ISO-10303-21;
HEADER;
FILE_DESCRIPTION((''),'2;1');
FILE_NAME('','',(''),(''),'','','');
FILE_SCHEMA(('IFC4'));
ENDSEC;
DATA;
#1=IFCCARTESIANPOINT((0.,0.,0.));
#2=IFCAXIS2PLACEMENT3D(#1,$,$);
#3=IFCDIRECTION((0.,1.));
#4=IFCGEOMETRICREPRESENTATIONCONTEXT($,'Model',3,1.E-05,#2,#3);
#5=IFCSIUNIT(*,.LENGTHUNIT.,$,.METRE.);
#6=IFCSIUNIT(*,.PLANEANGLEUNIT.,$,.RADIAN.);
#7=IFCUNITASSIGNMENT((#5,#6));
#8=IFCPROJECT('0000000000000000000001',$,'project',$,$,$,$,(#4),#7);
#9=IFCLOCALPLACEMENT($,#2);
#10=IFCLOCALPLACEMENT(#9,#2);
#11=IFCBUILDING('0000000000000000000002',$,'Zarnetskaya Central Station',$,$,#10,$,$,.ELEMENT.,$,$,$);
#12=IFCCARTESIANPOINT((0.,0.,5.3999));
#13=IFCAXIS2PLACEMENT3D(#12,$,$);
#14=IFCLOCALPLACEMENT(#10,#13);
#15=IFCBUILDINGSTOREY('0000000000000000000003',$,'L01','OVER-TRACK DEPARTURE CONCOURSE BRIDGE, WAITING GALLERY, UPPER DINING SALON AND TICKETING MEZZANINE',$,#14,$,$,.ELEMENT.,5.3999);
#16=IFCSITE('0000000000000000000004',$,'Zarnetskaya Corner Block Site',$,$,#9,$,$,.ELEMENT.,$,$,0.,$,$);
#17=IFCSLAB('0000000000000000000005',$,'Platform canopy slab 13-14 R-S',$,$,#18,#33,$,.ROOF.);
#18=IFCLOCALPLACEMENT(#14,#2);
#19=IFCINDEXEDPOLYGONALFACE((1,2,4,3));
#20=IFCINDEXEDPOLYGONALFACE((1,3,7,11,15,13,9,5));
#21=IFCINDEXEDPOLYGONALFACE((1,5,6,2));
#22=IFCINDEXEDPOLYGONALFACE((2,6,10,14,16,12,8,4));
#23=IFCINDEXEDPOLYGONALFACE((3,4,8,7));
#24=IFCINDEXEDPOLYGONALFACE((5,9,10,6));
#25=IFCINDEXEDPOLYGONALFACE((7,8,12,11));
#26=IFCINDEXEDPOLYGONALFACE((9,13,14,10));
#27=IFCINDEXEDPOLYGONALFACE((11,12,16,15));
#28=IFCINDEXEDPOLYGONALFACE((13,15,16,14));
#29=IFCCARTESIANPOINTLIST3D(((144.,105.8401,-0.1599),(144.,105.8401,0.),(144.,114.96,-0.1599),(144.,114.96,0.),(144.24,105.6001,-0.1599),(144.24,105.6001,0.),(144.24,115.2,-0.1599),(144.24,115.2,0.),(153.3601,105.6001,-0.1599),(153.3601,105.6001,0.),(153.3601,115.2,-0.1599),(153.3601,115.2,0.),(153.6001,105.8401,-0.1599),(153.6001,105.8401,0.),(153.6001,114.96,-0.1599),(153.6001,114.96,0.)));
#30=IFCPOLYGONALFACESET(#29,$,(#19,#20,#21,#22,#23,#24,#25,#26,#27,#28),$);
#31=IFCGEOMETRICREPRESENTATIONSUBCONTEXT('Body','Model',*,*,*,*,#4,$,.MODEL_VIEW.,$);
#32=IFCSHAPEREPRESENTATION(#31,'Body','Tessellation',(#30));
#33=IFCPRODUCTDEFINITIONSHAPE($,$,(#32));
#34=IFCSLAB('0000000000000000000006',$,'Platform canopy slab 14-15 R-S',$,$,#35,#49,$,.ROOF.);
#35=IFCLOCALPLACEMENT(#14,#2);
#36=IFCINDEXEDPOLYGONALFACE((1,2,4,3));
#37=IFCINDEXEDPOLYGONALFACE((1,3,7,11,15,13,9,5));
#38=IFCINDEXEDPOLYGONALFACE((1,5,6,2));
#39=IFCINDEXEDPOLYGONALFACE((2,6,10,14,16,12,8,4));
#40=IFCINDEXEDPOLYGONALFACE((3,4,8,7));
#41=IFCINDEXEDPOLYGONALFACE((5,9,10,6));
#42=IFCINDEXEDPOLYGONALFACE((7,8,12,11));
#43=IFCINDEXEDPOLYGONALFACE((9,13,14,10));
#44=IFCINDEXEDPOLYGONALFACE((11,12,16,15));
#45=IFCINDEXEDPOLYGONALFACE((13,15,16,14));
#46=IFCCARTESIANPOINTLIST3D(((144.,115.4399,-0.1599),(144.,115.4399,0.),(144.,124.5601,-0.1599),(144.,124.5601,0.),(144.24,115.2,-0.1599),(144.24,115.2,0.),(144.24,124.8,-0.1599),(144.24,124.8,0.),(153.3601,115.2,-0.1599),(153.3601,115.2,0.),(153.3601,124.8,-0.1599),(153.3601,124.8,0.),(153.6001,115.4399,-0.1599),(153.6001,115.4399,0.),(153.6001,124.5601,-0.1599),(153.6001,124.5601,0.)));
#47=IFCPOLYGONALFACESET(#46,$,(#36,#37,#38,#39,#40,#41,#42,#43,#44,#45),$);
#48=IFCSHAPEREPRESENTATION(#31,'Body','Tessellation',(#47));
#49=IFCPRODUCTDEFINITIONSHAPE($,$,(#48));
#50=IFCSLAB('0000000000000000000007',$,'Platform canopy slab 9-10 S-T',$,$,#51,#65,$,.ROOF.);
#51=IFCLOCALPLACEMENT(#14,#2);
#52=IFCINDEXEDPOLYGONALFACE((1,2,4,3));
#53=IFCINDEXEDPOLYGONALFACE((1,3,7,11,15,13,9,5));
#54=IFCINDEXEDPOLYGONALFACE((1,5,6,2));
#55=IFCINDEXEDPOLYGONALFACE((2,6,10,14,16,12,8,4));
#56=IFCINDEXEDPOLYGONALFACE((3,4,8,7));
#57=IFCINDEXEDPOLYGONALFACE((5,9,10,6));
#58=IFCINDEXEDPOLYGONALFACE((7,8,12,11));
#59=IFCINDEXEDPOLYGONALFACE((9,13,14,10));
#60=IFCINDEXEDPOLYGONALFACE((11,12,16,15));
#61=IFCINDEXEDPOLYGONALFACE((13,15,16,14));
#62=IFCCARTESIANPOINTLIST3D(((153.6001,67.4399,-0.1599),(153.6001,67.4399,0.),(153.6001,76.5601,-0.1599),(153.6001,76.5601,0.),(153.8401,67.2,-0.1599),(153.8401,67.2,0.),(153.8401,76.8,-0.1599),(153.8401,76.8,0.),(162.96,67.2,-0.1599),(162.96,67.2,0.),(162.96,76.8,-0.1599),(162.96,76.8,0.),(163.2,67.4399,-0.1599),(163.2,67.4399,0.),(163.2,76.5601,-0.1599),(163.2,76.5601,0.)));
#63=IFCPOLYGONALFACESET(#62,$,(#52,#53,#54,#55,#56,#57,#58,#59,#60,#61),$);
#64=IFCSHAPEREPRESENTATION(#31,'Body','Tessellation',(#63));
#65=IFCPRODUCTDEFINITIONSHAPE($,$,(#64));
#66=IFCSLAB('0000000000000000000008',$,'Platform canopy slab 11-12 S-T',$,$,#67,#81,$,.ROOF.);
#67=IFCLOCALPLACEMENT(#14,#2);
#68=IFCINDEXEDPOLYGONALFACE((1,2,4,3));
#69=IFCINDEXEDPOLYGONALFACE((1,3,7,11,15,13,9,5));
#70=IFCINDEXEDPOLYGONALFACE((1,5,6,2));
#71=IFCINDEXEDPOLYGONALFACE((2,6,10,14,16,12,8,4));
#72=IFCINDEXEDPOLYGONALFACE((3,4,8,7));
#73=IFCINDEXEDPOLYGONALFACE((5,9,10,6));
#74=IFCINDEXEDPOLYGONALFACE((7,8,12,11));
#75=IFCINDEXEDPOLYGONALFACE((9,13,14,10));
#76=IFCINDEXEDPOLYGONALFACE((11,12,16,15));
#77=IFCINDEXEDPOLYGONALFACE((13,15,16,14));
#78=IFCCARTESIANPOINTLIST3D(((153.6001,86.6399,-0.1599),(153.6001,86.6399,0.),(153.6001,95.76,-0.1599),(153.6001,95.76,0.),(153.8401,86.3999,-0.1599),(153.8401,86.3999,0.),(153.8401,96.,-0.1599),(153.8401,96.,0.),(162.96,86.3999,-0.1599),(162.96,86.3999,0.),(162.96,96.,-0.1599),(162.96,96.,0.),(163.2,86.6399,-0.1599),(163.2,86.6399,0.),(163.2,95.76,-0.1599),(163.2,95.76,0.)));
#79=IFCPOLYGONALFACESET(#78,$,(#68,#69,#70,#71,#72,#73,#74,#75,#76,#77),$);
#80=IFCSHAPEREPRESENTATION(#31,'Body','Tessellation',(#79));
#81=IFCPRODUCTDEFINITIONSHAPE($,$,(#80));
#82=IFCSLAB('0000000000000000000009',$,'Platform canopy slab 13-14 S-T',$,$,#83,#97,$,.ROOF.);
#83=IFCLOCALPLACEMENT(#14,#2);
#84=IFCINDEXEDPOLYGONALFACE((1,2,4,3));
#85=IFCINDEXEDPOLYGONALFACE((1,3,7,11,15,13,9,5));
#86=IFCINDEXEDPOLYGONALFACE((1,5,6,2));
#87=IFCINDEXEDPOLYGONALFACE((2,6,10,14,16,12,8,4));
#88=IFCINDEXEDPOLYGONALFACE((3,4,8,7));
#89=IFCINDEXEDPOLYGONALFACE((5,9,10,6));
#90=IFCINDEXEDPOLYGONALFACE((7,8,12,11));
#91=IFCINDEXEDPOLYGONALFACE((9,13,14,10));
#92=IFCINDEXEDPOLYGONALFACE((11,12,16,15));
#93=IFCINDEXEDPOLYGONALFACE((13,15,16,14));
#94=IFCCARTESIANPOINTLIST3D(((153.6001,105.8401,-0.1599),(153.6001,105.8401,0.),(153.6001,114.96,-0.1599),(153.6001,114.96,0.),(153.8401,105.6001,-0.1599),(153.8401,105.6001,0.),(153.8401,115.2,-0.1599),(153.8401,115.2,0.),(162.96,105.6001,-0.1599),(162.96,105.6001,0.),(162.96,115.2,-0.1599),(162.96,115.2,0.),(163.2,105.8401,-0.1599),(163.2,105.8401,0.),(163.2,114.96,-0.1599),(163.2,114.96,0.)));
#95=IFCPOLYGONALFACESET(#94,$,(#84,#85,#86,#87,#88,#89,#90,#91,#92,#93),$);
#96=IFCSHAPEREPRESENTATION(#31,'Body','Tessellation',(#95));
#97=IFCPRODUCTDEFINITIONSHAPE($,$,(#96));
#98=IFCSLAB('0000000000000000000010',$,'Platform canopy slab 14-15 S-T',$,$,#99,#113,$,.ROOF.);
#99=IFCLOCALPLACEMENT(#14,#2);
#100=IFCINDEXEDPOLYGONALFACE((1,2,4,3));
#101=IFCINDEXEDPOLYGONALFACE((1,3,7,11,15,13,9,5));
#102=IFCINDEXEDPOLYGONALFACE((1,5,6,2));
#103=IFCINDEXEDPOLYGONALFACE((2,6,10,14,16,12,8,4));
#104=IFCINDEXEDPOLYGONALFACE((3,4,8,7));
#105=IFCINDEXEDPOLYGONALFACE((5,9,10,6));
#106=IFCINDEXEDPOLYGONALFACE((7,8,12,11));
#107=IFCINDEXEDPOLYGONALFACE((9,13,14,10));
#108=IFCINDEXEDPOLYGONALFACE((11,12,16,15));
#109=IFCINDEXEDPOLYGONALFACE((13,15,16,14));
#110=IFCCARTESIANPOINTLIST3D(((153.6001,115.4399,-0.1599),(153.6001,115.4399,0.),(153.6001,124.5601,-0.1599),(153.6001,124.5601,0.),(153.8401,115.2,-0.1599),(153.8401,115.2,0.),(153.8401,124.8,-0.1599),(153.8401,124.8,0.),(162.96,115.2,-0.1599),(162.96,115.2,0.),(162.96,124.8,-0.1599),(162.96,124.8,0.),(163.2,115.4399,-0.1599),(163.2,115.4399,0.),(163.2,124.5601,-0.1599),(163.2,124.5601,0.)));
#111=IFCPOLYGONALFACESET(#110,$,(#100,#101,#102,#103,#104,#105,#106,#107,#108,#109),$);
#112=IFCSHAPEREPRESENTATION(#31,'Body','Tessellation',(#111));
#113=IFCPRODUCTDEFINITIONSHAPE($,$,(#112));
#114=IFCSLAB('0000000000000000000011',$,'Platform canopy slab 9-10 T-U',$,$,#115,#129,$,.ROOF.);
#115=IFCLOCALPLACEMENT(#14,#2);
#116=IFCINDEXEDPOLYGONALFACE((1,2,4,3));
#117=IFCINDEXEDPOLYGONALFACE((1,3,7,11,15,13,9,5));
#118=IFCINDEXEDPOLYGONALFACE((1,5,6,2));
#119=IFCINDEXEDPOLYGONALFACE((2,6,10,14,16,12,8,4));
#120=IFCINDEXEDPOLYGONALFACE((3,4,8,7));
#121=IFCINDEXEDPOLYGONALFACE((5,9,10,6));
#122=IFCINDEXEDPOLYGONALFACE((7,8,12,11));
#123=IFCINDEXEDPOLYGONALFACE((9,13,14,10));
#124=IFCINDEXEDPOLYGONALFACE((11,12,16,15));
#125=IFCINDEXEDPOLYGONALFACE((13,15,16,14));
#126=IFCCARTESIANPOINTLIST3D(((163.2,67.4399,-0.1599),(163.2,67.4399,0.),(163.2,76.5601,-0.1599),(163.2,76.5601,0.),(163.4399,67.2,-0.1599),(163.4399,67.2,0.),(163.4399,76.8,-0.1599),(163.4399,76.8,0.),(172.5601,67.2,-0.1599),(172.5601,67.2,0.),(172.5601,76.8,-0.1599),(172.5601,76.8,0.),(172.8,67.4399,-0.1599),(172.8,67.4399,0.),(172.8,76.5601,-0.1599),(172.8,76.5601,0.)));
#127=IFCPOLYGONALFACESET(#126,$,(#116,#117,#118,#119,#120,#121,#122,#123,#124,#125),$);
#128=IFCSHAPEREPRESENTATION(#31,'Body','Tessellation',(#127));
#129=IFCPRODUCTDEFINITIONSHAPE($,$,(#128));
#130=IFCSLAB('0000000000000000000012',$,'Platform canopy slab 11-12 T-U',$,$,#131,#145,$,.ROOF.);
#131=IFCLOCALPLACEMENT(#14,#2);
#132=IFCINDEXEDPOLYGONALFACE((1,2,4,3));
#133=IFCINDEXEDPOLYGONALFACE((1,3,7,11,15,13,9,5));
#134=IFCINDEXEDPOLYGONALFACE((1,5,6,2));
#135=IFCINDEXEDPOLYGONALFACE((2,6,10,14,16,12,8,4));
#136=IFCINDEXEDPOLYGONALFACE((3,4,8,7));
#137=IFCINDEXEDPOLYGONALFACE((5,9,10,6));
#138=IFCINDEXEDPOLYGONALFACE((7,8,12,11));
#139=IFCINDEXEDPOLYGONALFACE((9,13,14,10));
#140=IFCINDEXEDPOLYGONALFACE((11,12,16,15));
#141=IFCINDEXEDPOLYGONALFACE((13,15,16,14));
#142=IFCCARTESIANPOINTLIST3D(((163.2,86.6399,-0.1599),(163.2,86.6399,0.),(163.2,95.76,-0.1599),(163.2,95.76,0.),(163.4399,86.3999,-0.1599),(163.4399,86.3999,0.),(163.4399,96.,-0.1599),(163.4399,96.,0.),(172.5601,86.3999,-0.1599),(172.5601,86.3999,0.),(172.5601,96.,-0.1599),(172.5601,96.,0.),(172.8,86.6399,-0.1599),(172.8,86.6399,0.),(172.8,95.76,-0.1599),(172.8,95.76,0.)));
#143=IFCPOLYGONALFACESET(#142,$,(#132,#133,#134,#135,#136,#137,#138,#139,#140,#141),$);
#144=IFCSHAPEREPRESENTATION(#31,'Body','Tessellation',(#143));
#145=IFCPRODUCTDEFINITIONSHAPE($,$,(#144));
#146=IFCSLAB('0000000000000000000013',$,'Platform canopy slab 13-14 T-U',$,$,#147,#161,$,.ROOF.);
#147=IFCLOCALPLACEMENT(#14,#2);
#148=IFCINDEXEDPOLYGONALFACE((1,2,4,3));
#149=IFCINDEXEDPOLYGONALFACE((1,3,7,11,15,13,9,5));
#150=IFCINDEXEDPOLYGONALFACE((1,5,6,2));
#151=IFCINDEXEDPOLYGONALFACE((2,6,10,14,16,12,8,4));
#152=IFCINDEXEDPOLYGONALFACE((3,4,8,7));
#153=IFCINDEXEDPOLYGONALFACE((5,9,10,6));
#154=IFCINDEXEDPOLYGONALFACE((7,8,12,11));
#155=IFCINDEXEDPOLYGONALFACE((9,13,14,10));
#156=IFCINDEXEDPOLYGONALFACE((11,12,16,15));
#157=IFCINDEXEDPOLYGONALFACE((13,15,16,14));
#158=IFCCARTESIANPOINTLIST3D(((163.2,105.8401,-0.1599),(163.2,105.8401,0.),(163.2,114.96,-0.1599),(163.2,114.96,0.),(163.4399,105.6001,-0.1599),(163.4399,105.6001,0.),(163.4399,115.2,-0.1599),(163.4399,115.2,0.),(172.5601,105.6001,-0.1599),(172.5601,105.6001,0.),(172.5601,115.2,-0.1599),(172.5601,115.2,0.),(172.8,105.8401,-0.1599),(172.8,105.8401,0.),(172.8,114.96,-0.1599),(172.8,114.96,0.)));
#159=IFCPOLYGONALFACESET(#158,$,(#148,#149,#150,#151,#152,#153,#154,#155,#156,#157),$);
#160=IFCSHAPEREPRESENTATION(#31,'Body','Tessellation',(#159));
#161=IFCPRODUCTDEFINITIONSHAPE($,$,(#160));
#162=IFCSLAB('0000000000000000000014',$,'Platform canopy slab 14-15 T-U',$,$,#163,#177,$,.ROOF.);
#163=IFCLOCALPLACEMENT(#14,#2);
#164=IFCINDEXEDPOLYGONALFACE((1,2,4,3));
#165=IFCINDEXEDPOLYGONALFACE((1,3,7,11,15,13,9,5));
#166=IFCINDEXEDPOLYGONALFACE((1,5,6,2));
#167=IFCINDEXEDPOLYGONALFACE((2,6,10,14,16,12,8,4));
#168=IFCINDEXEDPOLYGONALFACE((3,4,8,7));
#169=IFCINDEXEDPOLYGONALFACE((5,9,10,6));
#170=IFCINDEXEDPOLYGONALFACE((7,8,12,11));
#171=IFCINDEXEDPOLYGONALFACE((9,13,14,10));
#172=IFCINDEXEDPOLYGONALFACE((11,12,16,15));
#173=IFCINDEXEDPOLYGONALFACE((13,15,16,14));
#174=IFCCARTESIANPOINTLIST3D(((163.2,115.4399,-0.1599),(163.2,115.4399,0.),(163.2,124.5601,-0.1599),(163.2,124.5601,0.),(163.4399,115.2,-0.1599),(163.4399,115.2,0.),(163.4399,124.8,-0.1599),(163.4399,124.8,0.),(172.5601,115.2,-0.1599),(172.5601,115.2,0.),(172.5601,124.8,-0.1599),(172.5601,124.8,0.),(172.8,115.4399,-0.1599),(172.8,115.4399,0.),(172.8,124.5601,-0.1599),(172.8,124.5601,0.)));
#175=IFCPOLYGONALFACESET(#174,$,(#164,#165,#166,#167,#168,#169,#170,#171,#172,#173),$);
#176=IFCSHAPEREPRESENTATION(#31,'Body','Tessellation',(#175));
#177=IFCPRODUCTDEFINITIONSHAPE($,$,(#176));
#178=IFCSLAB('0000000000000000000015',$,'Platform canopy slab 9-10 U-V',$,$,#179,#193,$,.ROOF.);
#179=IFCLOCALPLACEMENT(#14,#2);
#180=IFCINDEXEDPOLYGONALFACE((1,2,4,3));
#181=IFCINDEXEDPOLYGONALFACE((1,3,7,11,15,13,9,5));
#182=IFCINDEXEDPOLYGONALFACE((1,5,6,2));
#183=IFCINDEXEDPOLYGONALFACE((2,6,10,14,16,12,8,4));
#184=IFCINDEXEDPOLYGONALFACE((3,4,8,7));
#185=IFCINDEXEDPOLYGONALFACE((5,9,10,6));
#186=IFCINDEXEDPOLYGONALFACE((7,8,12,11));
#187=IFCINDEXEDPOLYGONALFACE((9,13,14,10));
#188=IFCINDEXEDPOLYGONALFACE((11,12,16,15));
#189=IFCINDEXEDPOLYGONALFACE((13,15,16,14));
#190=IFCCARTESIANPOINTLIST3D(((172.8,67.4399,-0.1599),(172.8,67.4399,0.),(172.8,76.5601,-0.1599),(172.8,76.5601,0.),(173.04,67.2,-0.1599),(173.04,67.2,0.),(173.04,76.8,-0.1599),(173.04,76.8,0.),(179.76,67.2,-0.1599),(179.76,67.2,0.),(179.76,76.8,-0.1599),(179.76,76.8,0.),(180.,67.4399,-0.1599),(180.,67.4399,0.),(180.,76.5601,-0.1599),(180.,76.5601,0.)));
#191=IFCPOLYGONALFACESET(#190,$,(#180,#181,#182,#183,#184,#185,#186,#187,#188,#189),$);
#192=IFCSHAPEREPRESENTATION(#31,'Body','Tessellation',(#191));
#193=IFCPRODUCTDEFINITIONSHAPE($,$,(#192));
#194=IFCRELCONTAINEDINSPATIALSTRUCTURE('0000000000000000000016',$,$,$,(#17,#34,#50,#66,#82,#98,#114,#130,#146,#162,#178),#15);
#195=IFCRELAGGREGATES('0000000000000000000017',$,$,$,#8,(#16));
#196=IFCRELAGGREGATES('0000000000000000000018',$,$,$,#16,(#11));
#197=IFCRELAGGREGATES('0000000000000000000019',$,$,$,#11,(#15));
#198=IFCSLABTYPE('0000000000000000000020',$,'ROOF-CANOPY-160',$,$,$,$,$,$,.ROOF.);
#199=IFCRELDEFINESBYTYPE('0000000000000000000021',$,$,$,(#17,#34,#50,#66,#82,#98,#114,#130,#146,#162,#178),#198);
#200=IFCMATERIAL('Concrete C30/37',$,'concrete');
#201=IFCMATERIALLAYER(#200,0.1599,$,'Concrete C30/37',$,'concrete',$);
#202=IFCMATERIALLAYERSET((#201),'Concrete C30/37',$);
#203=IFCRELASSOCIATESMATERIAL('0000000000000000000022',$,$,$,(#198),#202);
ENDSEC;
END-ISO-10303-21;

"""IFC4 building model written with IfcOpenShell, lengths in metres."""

from ifc_helpers import new_model, si_unit, direction, frame, origin, place, context, subcontext, project, spatial, polyline, outline, extrude, material, layer, layer_set, type_object, element, save


model = new_model("IFC4")

# Units and contexts
model_context = context("Model", 3, precision=1e-05, world=origin(), true_north=direction((0.0, 1.0)))
body_context = subcontext(model_context, "Body", "Model", "MODEL_VIEW")
ifc_project = project(units=[si_unit("LENGTHUNIT", "METRE"), si_unit("PLANEANGLEUNIT", "RADIAN")], contexts=[model_context])

# Site, building, storey
site_placement = place(None, origin())
site = spatial("IfcSite", under=ifc_project, at=site_placement, Name="Zarnetskaya Corner Block Site", CompositionType="ELEMENT", RefElevation=0.0)
building_placement = place(site_placement, origin())
building = spatial("IfcBuilding", under=site, at=building_placement, Name="Zarnetskaya Central Station", CompositionType="ELEMENT")
storey_placement = place(building_placement, frame((0.0, 0.0, 5.3999)))
storey = spatial("IfcBuildingStorey", under=building, at=storey_placement, Name="L01", Description="OVER-TRACK DEPARTURE CONCOURSE BRIDGE, WAITING GALLERY, UPPER DINING SALON AND TICKETING MEZZANINE", CompositionType="ELEMENT", Elevation=5.3999)

# Slabs
ifc_material_1 = material(Name="Concrete C30/37", Category="concrete")
ifc_layer_1 = layer(ifc_material_1, 0.1599, Name="Concrete C30/37", Category="concrete")
ifc_layer_set_1 = layer_set([ifc_layer_1], Name="Concrete C30/37")
slab_type = type_object("IfcSlabType", Name="ROOF-CANOPY-160", PredefinedType="ROOF", material=ifc_layer_set_1)
slab_1_placement = place(storey_placement, frame((0.0, 0.0, -0.1599)))
element("IfcSlab", 1, at=slab_1_placement, inside=storey, type_object=slab_type, Name="Platform canopy slab 13-14 R-S", PredefinedType="ROOF", context=body_context, shape_type="SweptSolid", body=[
    extrude(outline(polyline([(144.24, 105.6001), (153.3601, 105.6001), (153.6001, 105.8401), (153.6001, 114.96), (153.3601, 115.2), (144.24, 115.2), (144.0, 114.96), (144.0, 105.8401), (144.24, 105.6001)])), origin(), (0.0, 0.0, 1.0), 0.1599),
])
slab_2_placement = place(storey_placement, frame((0.0, 0.0, -0.1599)))
element("IfcSlab", 2, at=slab_2_placement, inside=storey, type_object=slab_type, Name="Platform canopy slab 14-15 R-S", PredefinedType="ROOF", context=body_context, shape_type="SweptSolid", body=[
    extrude(outline(polyline([(144.24, 115.2), (153.3601, 115.2), (153.6001, 115.4399), (153.6001, 124.5601), (153.3601, 124.8), (144.24, 124.8), (144.0, 124.5601), (144.0, 115.4399), (144.24, 115.2)])), origin(), (0.0, 0.0, 1.0), 0.1599),
])
slab_3_placement = place(storey_placement, frame((0.0, 0.0, -0.1599)))
element("IfcSlab", 3, at=slab_3_placement, inside=storey, type_object=slab_type, Name="Platform canopy slab 9-10 S-T", PredefinedType="ROOF", context=body_context, shape_type="SweptSolid", body=[
    extrude(outline(polyline([(153.8401, 67.2), (162.96, 67.2), (163.2, 67.4399), (163.2, 76.5601), (162.96, 76.8), (153.8401, 76.8), (153.6001, 76.5601), (153.6001, 67.4399), (153.8401, 67.2)])), origin(), (0.0, 0.0, 1.0), 0.1599),
])
slab_4_placement = place(storey_placement, frame((0.0, 0.0, -0.1599)))
element("IfcSlab", 4, at=slab_4_placement, inside=storey, type_object=slab_type, Name="Platform canopy slab 11-12 S-T", PredefinedType="ROOF", context=body_context, shape_type="SweptSolid", body=[
    extrude(outline(polyline([(153.8401, 86.3999), (162.96, 86.3999), (163.2, 86.6399), (163.2, 95.76), (162.96, 96.0), (153.8401, 96.0), (153.6001, 95.76), (153.6001, 86.6399), (153.8401, 86.3999)])), origin(), (0.0, 0.0, 1.0), 0.1599),
])
slab_5_placement = place(storey_placement, frame((0.0, 0.0, -0.1599)))
element("IfcSlab", 5, at=slab_5_placement, inside=storey, type_object=slab_type, Name="Platform canopy slab 13-14 S-T", PredefinedType="ROOF", context=body_context, shape_type="SweptSolid", body=[
    extrude(outline(polyline([(153.8401, 105.6001), (162.96, 105.6001), (163.2, 105.8401), (163.2, 114.96), (162.96, 115.2), (153.8401, 115.2), (153.6001, 114.96), (153.6001, 105.8401), (153.8401, 105.6001)])), origin(), (0.0, 0.0, 1.0), 0.1599),
])
slab_6_placement = place(storey_placement, frame((0.0, 0.0, -0.1599)))
element("IfcSlab", 6, at=slab_6_placement, inside=storey, type_object=slab_type, Name="Platform canopy slab 14-15 S-T", PredefinedType="ROOF", context=body_context, shape_type="SweptSolid", body=[
    extrude(outline(polyline([(153.8401, 115.2), (162.96, 115.2), (163.2, 115.4399), (163.2, 124.5601), (162.96, 124.8), (153.8401, 124.8), (153.6001, 124.5601), (153.6001, 115.4399), (153.8401, 115.2)])), origin(), (0.0, 0.0, 1.0), 0.1599),
])
slab_7_placement = place(storey_placement, frame((0.0, 0.0, -0.1599)))
element("IfcSlab", 7, at=slab_7_placement, inside=storey, type_object=slab_type, Name="Platform canopy slab 9-10 T-U", PredefinedType="ROOF", context=body_context, shape_type="SweptSolid", body=[
    extrude(outline(polyline([(163.4399, 67.2), (172.5601, 67.2), (172.8, 67.4399), (172.8, 76.5601), (172.5601, 76.8), (163.4399, 76.8), (163.2, 76.5601), (163.2, 67.4399), (163.4399, 67.2)])), origin(), (0.0, 0.0, 1.0), 0.1599),
])
slab_8_placement = place(storey_placement, frame((0.0, 0.0, -0.1599)))
element("IfcSlab", 8, at=slab_8_placement, inside=storey, type_object=slab_type, Name="Platform canopy slab 11-12 T-U", PredefinedType="ROOF", context=body_context, shape_type="SweptSolid", body=[
    extrude(outline(polyline([(163.4399, 86.3999), (172.5601, 86.3999), (172.8, 86.6399), (172.8, 95.76), (172.5601, 96.0), (163.4399, 96.0), (163.2, 95.76), (163.2, 86.6399), (163.4399, 86.3999)])), origin(), (0.0, 0.0, 1.0), 0.1599),
])
slab_9_placement = place(storey_placement, frame((0.0, 0.0, -0.1599)))
element("IfcSlab", 9, at=slab_9_placement, inside=storey, type_object=slab_type, Name="Platform canopy slab 13-14 T-U", PredefinedType="ROOF", context=body_context, shape_type="SweptSolid", body=[
    extrude(outline(polyline([(163.4399, 105.6001), (172.5601, 105.6001), (172.8, 105.8401), (172.8, 114.96), (172.5601, 115.2), (163.4399, 115.2), (163.2, 114.96), (163.2, 105.8401), (163.4399, 105.6001)])), origin(), (0.0, 0.0, 1.0), 0.1599),
])
slab_10_placement = place(storey_placement, frame((0.0, 0.0, -0.1599)))
element("IfcSlab", 10, at=slab_10_placement, inside=storey, type_object=slab_type, Name="Platform canopy slab 14-15 T-U", PredefinedType="ROOF", context=body_context, shape_type="SweptSolid", body=[
    extrude(outline(polyline([(163.4399, 115.2), (172.5601, 115.2), (172.8, 115.4399), (172.8, 124.5601), (172.5601, 124.8), (163.4399, 124.8), (163.2, 124.5601), (163.2, 115.4399), (163.4399, 115.2)])), origin(), (0.0, 0.0, 1.0), 0.1599),
])
slab_11_placement = place(storey_placement, frame((0.0, 0.0, -0.1599)))
element("IfcSlab", 11, at=slab_11_placement, inside=storey, type_object=slab_type, Name="Platform canopy slab 9-10 U-V", PredefinedType="ROOF", context=body_context, shape_type="SweptSolid", body=[
    extrude(outline(polyline([(173.04, 67.2), (179.76, 67.2), (180.0, 67.4399), (180.0, 76.5601), (179.76, 76.8), (173.04, 76.8), (172.8, 76.5601), (172.8, 67.4399), (173.04, 67.2)])), origin(), (0.0, 0.0, 1.0), 0.1599),
])

save(model, "model.ifc")
